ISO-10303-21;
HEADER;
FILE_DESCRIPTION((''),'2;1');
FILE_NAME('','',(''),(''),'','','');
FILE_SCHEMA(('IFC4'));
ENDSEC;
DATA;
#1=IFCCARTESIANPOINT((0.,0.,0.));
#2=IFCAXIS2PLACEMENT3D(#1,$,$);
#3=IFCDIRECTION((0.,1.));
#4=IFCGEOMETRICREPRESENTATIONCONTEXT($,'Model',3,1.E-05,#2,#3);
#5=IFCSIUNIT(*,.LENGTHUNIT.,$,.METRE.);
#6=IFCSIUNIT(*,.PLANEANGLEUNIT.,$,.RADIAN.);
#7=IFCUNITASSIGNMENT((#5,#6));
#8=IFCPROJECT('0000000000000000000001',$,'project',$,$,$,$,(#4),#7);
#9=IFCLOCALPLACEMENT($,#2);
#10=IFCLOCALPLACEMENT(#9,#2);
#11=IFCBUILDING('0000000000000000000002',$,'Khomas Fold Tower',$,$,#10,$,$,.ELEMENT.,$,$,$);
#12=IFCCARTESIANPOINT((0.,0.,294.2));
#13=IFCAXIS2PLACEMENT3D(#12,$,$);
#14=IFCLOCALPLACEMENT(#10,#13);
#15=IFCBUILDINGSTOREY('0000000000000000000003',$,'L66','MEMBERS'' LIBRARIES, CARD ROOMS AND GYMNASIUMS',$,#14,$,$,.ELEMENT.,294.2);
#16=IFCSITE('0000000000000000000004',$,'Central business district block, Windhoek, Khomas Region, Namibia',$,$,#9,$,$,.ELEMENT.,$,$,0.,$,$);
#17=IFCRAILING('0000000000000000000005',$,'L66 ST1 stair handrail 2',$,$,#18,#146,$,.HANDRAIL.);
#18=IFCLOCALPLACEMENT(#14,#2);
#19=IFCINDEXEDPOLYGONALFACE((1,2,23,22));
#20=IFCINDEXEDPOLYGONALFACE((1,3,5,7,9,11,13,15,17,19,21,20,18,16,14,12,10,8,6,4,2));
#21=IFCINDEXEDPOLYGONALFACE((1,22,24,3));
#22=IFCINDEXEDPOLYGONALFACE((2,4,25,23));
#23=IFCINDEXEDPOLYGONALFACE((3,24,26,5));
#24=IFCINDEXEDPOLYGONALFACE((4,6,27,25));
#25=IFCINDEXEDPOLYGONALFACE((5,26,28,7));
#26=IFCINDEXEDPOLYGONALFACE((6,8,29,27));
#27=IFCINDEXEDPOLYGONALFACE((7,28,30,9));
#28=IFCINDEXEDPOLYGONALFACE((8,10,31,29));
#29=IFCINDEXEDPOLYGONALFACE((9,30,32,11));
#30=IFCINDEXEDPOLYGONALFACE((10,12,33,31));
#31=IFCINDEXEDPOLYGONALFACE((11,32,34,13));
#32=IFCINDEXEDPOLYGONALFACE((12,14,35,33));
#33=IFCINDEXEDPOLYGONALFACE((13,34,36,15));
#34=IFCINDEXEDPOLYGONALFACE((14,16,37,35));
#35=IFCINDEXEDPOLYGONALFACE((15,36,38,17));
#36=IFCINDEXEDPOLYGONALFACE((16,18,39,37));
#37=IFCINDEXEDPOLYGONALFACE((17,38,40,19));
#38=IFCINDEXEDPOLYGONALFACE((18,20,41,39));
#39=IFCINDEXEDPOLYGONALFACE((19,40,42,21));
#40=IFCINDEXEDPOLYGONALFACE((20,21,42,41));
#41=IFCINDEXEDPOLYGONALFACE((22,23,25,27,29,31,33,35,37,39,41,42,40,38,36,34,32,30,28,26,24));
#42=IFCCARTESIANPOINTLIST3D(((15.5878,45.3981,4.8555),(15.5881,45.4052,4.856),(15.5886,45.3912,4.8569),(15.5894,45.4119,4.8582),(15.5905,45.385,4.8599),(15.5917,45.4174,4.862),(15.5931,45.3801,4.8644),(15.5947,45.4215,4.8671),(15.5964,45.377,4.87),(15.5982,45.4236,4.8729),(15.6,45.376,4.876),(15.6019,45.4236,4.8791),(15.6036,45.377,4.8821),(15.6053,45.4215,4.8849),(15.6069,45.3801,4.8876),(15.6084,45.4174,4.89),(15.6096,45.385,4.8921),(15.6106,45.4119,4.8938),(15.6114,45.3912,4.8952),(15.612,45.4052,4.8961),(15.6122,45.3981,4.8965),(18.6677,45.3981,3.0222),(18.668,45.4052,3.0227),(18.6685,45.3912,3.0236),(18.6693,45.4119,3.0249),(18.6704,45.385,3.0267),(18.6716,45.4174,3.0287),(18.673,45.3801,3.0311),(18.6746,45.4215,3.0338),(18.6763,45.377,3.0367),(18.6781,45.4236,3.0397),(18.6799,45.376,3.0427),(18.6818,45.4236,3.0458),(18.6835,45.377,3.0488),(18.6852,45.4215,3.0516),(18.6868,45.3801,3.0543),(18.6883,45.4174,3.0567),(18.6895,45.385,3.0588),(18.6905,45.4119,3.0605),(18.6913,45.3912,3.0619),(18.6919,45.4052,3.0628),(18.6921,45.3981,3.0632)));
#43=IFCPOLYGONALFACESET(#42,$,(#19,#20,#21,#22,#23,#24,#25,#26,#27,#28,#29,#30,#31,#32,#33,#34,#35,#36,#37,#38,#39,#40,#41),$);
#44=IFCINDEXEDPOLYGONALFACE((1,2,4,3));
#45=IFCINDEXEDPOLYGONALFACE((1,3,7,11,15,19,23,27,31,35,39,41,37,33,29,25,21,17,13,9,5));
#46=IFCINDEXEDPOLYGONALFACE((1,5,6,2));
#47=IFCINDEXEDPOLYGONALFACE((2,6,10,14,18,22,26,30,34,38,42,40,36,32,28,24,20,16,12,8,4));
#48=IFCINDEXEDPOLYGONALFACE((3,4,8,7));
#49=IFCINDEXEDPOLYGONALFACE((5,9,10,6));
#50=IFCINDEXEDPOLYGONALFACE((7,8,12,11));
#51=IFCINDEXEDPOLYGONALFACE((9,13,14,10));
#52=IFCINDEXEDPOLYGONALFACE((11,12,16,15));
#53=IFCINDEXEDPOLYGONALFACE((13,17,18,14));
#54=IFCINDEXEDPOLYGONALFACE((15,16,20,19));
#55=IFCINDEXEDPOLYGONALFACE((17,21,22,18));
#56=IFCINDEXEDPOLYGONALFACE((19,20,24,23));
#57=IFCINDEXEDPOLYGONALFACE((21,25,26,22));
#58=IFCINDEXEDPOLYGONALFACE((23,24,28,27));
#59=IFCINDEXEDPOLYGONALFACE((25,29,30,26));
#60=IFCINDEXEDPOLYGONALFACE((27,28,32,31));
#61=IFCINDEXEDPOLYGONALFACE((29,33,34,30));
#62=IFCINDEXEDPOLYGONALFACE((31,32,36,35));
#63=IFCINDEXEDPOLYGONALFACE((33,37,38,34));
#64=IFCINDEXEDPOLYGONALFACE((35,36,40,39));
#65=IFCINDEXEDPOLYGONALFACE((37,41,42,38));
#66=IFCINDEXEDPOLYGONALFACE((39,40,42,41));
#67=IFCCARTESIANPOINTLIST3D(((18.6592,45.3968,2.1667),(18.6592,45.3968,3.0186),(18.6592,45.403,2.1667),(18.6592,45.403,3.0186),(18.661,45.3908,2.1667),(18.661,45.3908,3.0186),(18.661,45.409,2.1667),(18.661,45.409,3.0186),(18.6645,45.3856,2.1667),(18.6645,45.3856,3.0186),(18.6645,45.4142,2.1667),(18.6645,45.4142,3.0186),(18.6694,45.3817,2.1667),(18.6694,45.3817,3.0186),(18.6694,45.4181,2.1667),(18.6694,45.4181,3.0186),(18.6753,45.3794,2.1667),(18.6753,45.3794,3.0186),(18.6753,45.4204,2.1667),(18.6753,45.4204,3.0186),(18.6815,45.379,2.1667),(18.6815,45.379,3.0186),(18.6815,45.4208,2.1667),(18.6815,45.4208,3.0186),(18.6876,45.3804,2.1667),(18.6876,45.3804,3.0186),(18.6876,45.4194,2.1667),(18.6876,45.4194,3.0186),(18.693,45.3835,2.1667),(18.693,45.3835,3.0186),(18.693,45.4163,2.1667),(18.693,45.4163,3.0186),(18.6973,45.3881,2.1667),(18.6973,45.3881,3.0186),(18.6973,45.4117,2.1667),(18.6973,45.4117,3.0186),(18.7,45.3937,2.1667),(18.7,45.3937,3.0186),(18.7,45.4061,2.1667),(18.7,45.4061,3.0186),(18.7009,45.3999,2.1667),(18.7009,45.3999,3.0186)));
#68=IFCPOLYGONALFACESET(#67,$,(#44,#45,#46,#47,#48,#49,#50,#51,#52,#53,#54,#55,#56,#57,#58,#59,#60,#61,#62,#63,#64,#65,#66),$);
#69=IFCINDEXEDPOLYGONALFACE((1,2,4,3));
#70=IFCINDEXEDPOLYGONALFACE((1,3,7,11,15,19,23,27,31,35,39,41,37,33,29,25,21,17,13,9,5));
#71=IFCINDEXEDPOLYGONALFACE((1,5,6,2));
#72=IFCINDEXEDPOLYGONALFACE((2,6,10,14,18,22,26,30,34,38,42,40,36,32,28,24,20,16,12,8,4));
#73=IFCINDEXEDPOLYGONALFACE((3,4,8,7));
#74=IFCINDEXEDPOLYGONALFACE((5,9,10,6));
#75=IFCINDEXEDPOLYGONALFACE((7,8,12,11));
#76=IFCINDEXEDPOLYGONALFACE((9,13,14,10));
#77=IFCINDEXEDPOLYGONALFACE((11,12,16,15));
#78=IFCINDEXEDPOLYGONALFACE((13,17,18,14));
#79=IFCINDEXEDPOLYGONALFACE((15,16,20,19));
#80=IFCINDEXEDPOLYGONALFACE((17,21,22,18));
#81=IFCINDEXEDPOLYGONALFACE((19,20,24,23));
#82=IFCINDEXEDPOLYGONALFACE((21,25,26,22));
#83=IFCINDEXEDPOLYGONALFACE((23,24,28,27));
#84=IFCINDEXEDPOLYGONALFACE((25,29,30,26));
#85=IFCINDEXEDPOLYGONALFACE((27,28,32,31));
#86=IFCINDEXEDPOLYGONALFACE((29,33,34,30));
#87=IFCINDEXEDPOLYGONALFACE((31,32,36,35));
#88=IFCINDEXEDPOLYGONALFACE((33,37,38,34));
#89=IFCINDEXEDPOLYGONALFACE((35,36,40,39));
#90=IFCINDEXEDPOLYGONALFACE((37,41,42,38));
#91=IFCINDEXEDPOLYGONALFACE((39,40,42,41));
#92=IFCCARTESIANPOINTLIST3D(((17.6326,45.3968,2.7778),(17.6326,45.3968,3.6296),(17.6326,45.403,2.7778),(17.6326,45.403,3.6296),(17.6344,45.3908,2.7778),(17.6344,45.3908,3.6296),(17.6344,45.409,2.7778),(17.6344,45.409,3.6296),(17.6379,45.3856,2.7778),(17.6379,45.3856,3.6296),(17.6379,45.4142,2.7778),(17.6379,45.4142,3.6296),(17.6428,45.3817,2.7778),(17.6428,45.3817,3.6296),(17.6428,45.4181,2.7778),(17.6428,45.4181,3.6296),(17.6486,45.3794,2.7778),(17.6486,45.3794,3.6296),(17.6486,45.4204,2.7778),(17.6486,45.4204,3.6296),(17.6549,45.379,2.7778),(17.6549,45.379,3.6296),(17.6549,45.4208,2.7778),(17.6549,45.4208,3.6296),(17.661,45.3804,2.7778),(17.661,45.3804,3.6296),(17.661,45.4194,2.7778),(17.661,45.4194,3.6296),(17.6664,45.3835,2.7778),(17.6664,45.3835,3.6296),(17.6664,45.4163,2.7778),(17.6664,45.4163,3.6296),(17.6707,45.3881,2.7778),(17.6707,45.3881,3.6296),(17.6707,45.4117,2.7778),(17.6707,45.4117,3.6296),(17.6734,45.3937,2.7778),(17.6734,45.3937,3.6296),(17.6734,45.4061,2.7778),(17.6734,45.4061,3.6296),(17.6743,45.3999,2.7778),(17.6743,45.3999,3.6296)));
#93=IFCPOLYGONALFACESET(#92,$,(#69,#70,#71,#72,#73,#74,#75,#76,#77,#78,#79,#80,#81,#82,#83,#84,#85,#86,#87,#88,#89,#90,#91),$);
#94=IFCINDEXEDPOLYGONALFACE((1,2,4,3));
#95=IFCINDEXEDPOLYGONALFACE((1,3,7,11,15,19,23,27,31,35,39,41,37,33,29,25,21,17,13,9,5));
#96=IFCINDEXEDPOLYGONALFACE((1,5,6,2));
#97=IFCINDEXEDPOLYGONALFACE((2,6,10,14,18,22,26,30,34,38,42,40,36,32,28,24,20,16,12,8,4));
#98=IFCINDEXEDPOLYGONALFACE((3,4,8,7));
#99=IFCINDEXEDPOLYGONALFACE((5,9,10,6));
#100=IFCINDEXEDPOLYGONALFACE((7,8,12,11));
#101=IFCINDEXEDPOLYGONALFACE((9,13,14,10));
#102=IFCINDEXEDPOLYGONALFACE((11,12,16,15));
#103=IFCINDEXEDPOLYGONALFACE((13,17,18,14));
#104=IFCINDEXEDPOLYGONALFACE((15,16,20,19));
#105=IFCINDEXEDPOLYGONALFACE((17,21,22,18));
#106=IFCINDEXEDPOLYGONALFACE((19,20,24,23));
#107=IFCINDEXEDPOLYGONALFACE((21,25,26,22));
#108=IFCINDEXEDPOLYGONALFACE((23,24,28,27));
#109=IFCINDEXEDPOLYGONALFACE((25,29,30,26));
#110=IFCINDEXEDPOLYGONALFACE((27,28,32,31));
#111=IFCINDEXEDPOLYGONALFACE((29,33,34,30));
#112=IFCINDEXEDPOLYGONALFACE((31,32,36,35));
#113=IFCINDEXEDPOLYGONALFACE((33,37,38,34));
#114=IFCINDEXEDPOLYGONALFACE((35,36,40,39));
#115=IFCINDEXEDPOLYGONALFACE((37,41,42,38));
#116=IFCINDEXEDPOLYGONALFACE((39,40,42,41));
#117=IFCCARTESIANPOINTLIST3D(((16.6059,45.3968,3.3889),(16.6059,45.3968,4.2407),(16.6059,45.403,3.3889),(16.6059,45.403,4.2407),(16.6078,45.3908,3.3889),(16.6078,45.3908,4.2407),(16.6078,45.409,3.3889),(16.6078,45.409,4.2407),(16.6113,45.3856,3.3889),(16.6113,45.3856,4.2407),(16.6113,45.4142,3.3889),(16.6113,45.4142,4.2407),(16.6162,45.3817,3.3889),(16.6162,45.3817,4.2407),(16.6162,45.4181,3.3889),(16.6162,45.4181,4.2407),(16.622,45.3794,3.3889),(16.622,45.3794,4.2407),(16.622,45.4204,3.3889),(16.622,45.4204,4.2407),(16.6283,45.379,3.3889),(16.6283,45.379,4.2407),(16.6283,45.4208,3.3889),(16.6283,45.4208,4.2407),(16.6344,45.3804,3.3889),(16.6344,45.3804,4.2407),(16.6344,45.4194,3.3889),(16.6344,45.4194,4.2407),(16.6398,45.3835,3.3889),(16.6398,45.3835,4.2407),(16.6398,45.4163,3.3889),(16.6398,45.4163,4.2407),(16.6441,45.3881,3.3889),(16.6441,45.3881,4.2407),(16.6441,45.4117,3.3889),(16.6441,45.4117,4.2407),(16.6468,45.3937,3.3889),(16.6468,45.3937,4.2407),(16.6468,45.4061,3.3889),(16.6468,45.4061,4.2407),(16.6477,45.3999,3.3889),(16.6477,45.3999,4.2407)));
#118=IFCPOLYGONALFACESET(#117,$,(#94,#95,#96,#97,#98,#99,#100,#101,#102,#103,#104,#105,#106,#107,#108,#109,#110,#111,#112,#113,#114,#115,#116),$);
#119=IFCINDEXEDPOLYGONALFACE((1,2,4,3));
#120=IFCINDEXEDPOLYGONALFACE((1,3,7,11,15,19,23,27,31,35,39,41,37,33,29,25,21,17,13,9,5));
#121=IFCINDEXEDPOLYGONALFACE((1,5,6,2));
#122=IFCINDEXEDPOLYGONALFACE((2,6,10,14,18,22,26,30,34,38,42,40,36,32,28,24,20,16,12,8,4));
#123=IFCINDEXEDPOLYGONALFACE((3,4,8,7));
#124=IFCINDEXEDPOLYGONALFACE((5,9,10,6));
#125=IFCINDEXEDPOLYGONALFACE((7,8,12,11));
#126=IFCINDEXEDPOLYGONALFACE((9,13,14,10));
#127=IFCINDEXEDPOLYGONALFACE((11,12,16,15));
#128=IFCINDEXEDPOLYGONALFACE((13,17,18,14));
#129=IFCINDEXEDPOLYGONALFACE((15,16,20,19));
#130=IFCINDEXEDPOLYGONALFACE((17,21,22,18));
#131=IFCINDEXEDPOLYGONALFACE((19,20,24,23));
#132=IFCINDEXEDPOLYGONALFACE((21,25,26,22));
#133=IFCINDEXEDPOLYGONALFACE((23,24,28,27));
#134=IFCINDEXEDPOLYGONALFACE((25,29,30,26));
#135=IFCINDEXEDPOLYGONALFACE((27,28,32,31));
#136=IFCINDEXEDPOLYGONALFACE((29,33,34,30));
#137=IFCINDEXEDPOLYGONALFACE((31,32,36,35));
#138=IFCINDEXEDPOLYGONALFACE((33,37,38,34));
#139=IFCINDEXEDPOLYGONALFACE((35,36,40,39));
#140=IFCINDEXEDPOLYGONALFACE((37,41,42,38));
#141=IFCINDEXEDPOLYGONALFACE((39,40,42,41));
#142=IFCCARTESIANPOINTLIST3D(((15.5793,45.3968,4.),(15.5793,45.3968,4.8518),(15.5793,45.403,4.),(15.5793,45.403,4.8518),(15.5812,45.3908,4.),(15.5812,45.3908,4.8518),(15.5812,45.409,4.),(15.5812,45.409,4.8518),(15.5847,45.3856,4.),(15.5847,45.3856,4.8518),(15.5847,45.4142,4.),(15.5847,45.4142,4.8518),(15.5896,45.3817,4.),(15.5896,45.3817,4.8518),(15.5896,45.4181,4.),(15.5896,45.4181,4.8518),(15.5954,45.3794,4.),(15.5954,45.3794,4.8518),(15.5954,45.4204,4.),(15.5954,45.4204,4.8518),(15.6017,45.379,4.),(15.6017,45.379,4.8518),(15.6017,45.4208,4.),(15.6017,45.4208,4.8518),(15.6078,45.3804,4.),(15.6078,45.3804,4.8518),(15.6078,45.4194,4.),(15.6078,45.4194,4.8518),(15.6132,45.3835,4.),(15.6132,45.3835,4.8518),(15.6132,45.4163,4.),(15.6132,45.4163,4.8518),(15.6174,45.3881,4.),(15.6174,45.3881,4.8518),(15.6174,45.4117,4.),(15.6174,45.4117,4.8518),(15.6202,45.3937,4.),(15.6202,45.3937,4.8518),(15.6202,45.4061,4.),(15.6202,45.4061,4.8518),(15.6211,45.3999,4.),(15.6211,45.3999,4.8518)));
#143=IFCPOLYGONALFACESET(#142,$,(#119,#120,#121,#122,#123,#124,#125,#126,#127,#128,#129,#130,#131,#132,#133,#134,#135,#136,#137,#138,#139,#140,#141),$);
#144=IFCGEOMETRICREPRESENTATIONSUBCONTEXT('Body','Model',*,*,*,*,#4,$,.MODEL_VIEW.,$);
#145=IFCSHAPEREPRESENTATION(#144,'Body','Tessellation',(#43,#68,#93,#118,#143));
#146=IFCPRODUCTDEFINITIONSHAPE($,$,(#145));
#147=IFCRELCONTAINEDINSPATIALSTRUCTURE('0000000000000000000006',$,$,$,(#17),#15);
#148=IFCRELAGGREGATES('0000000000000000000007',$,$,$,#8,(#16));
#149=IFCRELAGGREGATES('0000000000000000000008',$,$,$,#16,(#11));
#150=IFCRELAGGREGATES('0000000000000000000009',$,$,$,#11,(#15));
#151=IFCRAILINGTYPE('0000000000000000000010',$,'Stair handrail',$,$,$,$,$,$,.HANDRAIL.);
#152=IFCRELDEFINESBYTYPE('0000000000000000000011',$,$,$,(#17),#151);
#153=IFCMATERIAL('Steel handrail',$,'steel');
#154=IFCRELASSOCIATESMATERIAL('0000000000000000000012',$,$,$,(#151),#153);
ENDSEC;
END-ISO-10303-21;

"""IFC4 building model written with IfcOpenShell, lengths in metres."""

from ifc_helpers import new_model, si_unit, direction, frame, origin, origin_2d, place, context, subcontext, project, spatial, circle, extrude, source, transform, mapped, material, type_object, element, save


model = new_model("IFC4")

# Units and contexts
model_context = context("Model", 3, precision=1e-05, world=origin(), true_north=direction((0.0, 1.0)))
body_context = subcontext(model_context, "Body", "Model", "MODEL_VIEW")
ifc_project = project(units=[si_unit("LENGTHUNIT", "METRE"), si_unit("PLANEANGLEUNIT", "RADIAN")], contexts=[model_context])

# Site, building, storey
site_placement = place(None, origin())
site = spatial("IfcSite", under=ifc_project, at=site_placement, Name="Central business district block, Windhoek, Khomas Region, Namibia", CompositionType="ELEMENT", RefElevation=0.0)
building_placement = place(site_placement, origin())
building = spatial("IfcBuilding", under=site, at=building_placement, Name="Khomas Fold Tower", CompositionType="ELEMENT")
storey_placement = place(building_placement, frame((0.0, 0.0, 294.2)))
storey = spatial("IfcBuildingStorey", under=building, at=storey_placement, Name="L66", Description="MEMBERS' LIBRARIES, CARD ROOMS AND GYMNASIUMS", CompositionType="ELEMENT", Elevation=294.2)

# Railing
ifc_material_1 = material(Name="Steel handrail", Category="steel")
railing_type_1 = type_object("IfcRailingType", Name="Stair handrail", PredefinedType="HANDRAIL", material=ifc_material_1)
shared_shape_1 = source(origin(), body_context, "Body", "SweptSolid", [
    extrude(circle(Radius=0.0239, at=origin_2d()), frame((0.0, 0.0, 0.876), z_axis=(-0.859291, 0.0, 0.511487), x_axis=(0.0, -1.0, 0.0)), (0.0, 0.0, 1.0), 3.5842),
    extrude(circle(Radius=0.021, at=origin_2d()), origin(), (0.0, 0.0, 1.0), 0.8518),
    extrude(circle(Radius=0.021, at=origin_2d()), frame((-1.0266, 0.0, 0.6111)), (0.0, 0.0, 1.0), 0.8518),
    extrude(circle(Radius=0.021, at=origin_2d()), frame((-2.0532, 0.0, 1.2222)), (0.0, 0.0, 1.0), 0.8518),
    extrude(circle(Radius=0.021, at=origin_2d()), frame((-3.0798, 0.0, 1.8333)), (0.0, 0.0, 1.0), 0.8518),
])
railing_1_placement = place(storey_placement, frame((18.6799, 45.3999, 2.1667)))
element("IfcRailing", 1, at=railing_1_placement, inside=storey, type_object=railing_type_1, Name="L66 ST1 stair handrail 2", PredefinedType="HANDRAIL", context=body_context, shape_type="MappedRepresentation", body=[
    mapped(shared_shape_1, transform((0.0, 0.0, 0.0))),
])

save(model, "model.ifc")
